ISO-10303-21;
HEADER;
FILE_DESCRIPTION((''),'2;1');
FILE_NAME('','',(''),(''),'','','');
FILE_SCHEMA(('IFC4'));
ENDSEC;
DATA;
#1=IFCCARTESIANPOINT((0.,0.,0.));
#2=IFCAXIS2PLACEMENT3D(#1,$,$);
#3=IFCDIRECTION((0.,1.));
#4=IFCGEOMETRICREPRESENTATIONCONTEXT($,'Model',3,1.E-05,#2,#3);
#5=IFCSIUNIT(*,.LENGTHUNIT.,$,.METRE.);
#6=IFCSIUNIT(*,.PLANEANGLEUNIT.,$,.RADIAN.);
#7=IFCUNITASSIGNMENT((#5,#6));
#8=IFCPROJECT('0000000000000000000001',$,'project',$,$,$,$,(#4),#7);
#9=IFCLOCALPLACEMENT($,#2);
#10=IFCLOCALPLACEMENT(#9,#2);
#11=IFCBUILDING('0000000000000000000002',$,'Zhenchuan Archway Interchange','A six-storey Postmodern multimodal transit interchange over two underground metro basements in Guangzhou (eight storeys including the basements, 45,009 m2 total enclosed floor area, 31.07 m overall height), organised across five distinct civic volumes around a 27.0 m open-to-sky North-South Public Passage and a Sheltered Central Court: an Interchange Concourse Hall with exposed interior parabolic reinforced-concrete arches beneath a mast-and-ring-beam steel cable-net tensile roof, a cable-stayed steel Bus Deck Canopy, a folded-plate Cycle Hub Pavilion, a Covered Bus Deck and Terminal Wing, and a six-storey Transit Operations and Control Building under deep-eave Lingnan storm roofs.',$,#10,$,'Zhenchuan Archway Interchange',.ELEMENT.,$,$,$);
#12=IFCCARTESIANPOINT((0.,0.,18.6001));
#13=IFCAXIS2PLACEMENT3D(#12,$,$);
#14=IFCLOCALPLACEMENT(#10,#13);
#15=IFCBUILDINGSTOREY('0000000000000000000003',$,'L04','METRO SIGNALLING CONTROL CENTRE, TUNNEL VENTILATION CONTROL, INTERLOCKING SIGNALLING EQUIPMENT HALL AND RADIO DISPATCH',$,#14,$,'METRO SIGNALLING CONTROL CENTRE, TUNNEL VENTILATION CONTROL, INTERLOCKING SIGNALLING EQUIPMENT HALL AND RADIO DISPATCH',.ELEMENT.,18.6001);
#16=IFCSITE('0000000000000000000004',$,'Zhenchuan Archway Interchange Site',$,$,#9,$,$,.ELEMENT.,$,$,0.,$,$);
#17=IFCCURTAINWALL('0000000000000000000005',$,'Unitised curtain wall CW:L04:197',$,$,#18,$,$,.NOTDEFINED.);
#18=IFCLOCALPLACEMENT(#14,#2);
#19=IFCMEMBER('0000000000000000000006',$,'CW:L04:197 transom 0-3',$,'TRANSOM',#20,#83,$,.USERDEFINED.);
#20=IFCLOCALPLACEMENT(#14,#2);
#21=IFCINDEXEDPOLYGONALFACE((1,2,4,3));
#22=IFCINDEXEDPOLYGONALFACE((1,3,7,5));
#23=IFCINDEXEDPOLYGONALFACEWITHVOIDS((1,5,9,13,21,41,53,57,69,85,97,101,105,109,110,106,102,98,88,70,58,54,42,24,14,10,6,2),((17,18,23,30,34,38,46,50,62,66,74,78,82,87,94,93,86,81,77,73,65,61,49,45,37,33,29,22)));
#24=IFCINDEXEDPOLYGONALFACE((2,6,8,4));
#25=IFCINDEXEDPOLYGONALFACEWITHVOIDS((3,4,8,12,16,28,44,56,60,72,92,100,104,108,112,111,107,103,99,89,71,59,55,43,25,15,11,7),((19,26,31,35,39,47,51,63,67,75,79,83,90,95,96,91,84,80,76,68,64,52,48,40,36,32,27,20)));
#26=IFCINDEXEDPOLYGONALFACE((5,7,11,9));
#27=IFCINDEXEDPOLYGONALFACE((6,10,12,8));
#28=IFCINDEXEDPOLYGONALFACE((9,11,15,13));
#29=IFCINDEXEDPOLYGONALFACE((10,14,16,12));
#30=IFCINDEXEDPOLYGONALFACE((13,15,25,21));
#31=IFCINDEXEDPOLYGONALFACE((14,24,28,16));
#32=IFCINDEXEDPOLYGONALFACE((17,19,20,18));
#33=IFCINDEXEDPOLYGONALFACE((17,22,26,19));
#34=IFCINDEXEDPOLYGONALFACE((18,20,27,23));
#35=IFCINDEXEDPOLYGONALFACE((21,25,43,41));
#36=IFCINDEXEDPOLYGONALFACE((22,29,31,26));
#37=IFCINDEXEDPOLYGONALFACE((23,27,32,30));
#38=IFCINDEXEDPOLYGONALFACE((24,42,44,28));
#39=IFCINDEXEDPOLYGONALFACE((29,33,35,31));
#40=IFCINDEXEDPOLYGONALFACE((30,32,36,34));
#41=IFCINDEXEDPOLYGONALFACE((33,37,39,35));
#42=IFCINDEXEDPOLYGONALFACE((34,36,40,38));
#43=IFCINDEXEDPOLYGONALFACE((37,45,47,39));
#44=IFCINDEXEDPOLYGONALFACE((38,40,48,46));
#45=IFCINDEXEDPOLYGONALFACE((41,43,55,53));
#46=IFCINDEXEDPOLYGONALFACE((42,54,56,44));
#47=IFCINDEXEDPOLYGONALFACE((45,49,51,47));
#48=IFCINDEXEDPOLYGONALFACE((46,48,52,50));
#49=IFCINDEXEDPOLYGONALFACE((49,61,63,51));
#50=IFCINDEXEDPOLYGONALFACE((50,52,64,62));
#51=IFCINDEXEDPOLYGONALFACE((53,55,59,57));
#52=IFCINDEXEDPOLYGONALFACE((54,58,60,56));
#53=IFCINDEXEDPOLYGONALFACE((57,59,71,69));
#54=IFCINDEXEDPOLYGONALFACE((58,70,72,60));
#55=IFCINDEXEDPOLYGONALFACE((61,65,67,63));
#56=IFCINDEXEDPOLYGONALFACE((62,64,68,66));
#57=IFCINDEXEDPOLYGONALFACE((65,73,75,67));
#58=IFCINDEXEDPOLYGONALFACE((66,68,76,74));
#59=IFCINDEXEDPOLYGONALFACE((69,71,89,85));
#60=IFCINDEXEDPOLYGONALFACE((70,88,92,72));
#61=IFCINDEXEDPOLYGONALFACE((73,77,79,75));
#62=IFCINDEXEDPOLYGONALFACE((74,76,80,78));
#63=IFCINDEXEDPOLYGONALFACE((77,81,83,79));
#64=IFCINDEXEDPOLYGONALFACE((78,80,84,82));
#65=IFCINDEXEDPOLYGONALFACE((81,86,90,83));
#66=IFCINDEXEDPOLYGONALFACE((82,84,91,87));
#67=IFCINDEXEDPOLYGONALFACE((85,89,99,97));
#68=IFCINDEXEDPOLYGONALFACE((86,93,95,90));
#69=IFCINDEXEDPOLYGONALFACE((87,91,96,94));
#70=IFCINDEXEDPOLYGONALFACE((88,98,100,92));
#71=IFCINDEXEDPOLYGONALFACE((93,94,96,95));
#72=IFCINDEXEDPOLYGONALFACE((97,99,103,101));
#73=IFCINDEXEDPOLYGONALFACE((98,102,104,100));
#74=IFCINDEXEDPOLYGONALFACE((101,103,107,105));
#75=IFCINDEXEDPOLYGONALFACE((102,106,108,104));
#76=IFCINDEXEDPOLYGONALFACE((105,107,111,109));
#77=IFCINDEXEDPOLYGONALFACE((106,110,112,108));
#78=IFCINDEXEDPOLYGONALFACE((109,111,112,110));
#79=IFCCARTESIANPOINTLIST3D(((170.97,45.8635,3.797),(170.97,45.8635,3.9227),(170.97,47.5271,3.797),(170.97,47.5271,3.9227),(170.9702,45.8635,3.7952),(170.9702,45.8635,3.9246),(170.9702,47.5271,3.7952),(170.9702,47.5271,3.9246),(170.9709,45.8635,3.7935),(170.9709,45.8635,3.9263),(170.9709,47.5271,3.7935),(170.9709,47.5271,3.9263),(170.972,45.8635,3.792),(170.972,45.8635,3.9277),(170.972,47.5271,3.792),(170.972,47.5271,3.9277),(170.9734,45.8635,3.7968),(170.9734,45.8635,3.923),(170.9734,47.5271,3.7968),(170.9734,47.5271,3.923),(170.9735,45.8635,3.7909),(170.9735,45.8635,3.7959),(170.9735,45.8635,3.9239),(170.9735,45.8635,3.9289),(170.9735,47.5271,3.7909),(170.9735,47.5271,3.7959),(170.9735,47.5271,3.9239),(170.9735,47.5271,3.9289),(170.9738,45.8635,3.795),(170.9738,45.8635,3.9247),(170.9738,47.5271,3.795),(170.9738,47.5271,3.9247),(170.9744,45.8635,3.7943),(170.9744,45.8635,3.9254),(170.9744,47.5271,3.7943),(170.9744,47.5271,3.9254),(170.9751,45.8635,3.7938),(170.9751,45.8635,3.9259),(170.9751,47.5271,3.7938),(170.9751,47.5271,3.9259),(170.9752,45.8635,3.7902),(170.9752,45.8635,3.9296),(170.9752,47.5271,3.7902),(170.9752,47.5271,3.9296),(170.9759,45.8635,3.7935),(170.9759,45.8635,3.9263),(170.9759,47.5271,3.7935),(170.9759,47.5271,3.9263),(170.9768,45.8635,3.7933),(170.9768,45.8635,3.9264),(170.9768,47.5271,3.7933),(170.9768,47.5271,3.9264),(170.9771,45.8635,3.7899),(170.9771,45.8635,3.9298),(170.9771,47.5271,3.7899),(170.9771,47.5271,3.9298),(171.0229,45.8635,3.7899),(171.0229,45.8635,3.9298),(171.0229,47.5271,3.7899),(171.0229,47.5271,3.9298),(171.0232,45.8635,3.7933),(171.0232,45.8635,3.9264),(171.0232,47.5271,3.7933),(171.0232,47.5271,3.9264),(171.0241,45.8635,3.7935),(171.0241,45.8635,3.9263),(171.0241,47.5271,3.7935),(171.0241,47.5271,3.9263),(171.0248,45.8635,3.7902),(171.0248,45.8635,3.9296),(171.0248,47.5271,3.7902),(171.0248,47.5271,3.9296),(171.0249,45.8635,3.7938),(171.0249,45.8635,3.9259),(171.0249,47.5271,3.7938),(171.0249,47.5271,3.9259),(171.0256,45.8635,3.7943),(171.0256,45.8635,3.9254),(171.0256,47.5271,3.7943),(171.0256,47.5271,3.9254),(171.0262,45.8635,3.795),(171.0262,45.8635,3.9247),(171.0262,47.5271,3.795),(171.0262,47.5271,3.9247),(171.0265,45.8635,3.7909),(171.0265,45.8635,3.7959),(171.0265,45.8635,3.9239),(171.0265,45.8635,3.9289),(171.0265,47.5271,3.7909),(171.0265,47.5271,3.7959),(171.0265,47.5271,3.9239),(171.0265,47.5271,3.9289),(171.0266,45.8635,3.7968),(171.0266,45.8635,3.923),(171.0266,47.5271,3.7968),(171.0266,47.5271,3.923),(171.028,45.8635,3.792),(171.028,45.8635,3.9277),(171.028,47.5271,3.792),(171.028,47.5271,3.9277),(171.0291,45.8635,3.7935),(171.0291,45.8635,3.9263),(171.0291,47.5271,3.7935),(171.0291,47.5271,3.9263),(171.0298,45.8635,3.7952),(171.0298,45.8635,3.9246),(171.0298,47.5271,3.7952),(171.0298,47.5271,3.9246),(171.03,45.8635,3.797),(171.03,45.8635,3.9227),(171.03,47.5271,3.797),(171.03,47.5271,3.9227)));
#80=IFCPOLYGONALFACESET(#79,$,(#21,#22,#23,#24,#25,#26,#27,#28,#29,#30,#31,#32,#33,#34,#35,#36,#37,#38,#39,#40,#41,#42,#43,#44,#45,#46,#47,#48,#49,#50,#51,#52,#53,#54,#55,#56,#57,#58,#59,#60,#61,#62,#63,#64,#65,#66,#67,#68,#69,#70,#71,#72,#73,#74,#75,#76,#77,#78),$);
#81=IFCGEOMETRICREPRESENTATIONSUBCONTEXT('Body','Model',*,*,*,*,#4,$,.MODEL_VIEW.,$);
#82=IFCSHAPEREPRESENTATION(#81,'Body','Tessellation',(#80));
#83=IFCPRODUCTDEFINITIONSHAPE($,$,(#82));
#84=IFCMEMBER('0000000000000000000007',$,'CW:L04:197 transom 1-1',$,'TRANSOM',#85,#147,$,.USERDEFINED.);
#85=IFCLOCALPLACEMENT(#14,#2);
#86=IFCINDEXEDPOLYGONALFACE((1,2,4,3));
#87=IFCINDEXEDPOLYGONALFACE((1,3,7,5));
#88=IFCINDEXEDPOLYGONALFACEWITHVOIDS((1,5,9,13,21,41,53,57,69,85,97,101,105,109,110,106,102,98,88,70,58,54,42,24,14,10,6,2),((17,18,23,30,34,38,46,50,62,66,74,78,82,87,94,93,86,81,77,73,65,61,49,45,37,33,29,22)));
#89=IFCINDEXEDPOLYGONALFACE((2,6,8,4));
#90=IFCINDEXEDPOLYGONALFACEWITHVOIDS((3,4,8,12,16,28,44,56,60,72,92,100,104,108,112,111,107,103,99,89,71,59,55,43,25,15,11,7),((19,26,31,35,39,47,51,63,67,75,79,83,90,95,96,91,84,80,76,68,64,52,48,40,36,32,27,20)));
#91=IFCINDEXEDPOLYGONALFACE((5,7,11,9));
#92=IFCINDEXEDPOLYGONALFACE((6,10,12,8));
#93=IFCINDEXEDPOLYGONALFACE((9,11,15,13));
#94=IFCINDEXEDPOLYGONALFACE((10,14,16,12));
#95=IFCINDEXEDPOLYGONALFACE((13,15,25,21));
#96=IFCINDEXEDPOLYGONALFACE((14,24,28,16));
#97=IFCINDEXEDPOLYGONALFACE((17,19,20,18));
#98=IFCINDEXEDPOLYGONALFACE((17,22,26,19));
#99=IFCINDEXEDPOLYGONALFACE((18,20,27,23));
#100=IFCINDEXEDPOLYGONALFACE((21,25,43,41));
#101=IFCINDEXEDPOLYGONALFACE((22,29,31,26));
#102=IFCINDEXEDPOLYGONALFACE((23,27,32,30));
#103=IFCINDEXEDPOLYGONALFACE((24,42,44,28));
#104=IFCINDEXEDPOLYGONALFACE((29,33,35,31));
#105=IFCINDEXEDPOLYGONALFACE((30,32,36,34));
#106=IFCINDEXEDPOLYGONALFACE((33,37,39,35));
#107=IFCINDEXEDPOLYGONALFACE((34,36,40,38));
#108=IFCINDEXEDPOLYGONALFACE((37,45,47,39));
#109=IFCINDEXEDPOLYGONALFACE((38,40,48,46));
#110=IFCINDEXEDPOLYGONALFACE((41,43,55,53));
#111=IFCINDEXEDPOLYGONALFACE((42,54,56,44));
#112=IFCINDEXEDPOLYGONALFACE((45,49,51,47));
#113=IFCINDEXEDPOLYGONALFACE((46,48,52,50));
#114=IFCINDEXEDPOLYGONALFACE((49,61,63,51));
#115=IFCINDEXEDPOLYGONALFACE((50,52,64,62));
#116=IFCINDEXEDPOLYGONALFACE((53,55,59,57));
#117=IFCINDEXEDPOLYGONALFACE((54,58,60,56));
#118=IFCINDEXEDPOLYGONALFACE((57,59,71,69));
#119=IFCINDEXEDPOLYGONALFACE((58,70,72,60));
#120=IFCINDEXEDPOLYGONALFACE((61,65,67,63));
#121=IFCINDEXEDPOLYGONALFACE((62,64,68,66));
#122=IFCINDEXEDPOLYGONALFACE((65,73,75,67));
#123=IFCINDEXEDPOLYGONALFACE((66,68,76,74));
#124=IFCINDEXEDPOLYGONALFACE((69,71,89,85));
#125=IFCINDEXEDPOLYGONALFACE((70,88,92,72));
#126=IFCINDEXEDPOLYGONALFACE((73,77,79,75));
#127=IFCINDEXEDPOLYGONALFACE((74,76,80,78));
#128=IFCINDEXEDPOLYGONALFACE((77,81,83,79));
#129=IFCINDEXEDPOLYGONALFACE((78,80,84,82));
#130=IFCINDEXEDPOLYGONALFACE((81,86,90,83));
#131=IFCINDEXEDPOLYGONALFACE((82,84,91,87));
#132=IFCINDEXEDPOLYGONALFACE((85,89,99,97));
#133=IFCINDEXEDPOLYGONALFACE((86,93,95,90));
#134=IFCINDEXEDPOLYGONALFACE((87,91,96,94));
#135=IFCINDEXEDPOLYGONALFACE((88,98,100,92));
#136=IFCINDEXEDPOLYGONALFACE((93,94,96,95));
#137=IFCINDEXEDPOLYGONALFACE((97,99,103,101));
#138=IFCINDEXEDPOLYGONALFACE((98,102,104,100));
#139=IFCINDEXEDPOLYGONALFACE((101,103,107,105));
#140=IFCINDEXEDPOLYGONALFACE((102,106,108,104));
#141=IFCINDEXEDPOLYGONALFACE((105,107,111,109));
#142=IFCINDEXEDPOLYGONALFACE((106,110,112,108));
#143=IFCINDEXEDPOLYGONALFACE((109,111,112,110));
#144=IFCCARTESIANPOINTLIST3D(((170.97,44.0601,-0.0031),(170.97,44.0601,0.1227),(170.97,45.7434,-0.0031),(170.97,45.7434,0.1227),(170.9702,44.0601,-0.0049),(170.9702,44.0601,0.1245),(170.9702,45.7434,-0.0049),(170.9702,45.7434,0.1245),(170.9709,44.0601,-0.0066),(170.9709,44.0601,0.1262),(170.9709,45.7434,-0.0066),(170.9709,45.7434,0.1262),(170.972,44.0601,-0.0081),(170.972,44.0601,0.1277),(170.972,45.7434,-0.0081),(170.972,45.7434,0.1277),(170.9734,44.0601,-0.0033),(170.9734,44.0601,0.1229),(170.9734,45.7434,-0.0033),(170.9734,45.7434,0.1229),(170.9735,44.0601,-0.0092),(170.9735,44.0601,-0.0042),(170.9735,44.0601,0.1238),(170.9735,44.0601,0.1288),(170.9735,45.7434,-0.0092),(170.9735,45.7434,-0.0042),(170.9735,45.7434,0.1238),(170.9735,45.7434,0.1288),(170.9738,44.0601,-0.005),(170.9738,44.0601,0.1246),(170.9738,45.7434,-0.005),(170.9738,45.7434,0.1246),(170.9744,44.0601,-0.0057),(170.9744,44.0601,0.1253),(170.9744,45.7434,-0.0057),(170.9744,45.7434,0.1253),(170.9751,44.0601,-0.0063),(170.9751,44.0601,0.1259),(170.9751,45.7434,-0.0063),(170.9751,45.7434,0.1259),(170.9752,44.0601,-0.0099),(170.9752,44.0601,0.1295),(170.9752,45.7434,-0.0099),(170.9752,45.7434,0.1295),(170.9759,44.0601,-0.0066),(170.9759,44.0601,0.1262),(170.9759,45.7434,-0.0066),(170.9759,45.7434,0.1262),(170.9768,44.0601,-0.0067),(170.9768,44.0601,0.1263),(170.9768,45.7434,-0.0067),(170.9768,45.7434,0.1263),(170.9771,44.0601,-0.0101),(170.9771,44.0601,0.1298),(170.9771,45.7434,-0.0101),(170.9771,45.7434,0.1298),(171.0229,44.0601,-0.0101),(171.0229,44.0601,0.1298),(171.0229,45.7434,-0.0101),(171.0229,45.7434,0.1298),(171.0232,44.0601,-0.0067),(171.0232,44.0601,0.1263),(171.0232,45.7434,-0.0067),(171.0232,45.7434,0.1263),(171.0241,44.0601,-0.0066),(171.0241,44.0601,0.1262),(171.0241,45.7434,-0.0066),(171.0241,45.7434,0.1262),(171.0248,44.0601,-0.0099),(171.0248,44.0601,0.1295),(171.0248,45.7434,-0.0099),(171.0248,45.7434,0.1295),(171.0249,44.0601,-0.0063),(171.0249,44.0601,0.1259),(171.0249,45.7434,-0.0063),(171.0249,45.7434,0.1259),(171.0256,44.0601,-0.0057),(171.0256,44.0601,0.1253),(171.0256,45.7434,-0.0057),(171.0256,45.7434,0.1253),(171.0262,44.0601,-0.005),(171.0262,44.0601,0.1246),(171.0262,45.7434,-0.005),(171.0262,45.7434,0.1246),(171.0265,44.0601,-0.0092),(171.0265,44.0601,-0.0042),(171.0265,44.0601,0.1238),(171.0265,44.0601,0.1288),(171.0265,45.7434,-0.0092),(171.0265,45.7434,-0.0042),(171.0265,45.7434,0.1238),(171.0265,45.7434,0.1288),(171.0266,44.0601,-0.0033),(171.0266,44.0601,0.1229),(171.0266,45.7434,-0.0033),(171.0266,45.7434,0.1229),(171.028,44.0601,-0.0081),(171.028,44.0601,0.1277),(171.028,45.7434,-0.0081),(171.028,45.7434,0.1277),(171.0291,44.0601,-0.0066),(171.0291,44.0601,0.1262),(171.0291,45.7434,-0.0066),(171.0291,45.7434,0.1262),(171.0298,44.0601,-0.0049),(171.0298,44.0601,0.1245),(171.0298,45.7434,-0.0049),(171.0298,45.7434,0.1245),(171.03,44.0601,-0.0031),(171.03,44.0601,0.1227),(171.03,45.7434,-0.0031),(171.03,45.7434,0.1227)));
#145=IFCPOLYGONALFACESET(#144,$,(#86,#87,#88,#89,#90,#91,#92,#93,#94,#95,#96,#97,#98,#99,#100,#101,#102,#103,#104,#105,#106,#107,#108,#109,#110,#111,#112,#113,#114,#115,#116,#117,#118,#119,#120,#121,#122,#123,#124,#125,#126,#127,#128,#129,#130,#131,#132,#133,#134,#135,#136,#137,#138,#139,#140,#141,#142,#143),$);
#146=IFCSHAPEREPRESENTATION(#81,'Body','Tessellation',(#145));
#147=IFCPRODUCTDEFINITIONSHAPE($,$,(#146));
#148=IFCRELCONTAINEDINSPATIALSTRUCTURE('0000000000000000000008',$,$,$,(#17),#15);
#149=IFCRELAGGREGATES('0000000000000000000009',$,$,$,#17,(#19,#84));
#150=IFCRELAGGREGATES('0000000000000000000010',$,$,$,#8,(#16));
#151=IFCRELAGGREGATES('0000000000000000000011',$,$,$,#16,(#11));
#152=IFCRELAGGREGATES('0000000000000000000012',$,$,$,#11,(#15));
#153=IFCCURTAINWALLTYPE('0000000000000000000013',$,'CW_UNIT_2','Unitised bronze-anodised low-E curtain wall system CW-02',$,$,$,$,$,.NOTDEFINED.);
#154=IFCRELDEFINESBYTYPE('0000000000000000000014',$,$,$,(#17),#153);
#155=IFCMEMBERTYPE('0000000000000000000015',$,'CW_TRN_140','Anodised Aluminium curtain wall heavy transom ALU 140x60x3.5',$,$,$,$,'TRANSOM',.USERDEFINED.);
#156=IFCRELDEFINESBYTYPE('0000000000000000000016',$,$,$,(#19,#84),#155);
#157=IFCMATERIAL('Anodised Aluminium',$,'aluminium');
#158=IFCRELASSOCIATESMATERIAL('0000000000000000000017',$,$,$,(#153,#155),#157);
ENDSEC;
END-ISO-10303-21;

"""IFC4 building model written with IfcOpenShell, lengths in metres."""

from ifc_helpers import new_model, si_unit, direction, frame, origin, origin_2d, place, context, subcontext, project, spatial, hollow_rectangle, extrude, material, material_profile, profile_set, type_object, element, aggregate, save


model = new_model("IFC4")

# Units and contexts
model_context = context("Model", 3, precision=1e-05, world=origin(), true_north=direction((0.0, 1.0)))
body_context = subcontext(model_context, "Body", "Model", "MODEL_VIEW")
ifc_project = project(units=[si_unit("LENGTHUNIT", "METRE"), si_unit("PLANEANGLEUNIT", "RADIAN")], contexts=[model_context])

# Site, building, storey
site_placement = place(None, origin())
site = spatial("IfcSite", under=ifc_project, at=site_placement, Name="Zhenchuan Archway Interchange Site", CompositionType="ELEMENT", RefElevation=0.0)
building_placement = place(site_placement, origin())
building = spatial("IfcBuilding", under=site, at=building_placement, Name="Zhenchuan Archway Interchange", Description="A six-storey Postmodern multimodal transit interchange over two underground metro basements in Guangzhou (eight storeys including the basements, 45,009 m2 total enclosed floor area, 31.07 m overall height), organised across five distinct civic volumes around a 27.0 m open-to-sky North-South Public Passage and a Sheltered Central Court: an Interchange Concourse Hall with exposed interior parabolic reinforced-concrete arches beneath a mast-and-ring-beam steel cable-net tensile roof, a cable-stayed steel Bus Deck Canopy, a folded-plate Cycle Hub Pavilion, a Covered Bus Deck and Terminal Wing, and a six-storey Transit Operations and Control Building under deep-eave Lingnan storm roofs.", LongName="Zhenchuan Archway Interchange", CompositionType="ELEMENT")
storey_placement = place(building_placement, frame((0.0, 0.0, 18.6001)))
storey = spatial("IfcBuildingStorey", under=building, at=storey_placement, Name="L04", Description="METRO SIGNALLING CONTROL CENTRE, TUNNEL VENTILATION CONTROL, INTERLOCKING SIGNALLING EQUIPMENT HALL AND RADIO DISPATCH", LongName="METRO SIGNALLING CONTROL CENTRE, TUNNEL VENTILATION CONTROL, INTERLOCKING SIGNALLING EQUIPMENT HALL AND RADIO DISPATCH", CompositionType="ELEMENT", Elevation=18.6001)

# Curtain wall, members
ifc_material_1 = material(Name="Anodised Aluminium", Category="aluminium")
curtain_wall_type = type_object("IfcCurtainWallType", Name="CW_UNIT_2", Description="Unitised bronze-anodised low-E curtain wall system CW-02", PredefinedType="NOTDEFINED", material=ifc_material_1)
curtain_wall_placement = place(storey_placement, origin())
curtain_wall = element("IfcCurtainWall", 1, at=curtain_wall_placement, inside=storey, type_object=curtain_wall_type, Name="Unitised curtain wall CW:L04:197", PredefinedType="NOTDEFINED")
ifc_material_profile_1 = material_profile(ifc_material_1, hollow_rectangle(XDim=0.0601, YDim=0.1399, WallThickness=0.0034, InnerFilletRadius=0.0034, OuterFilletRadius=0.0071, at=origin_2d()), Name="ALU 140x60x3.5")
ifc_profile_set_1 = profile_set([ifc_material_profile_1], Name="Anodised Aluminium")
member_type_1 = type_object("IfcMemberType", Name="CW_TRN_140", Description="Anodised Aluminium curtain wall heavy transom ALU 140x60x3.5", ElementType="TRANSOM", PredefinedType="USERDEFINED", material=ifc_profile_set_1)
member_1_placement = place(storey_placement, frame((171.0, 47.5271, 3.8599), z_axis=(0.0, -1.0, 0.0), x_axis=(1.0, 0.0, 0.0)))
member_1 = element("IfcMember", 2, at=member_1_placement, type_object=member_type_1, Name="CW:L04:197 transom 0-3", ObjectType="TRANSOM", PredefinedType="USERDEFINED", context=body_context, shape_type="SweptSolid", body=[
    extrude(hollow_rectangle(XDim=0.0601, YDim=0.1399, WallThickness=0.0034, InnerFilletRadius=0.0034, OuterFilletRadius=0.0071, at=origin_2d()), origin(), (0.0, 0.0, 1.0), 1.6636),
])
member_2_placement = place(storey_placement, frame((171.0, 45.7434, 0.0598), z_axis=(0.0, -1.0, 0.0), x_axis=(1.0, 0.0, 0.0)))
member_2 = element("IfcMember", 3, at=member_2_placement, type_object=member_type_1, Name="CW:L04:197 transom 1-1", ObjectType="TRANSOM", PredefinedType="USERDEFINED", context=body_context, shape_type="SweptSolid", body=[
    extrude(hollow_rectangle(XDim=0.0601, YDim=0.1399, WallThickness=0.0034, InnerFilletRadius=0.0034, OuterFilletRadius=0.0071, at=origin_2d()), origin(), (0.0, 0.0, 1.0), 1.6833),
])

aggregate(curtain_wall, [member_1, member_2])

save(model, "model.ifc")
